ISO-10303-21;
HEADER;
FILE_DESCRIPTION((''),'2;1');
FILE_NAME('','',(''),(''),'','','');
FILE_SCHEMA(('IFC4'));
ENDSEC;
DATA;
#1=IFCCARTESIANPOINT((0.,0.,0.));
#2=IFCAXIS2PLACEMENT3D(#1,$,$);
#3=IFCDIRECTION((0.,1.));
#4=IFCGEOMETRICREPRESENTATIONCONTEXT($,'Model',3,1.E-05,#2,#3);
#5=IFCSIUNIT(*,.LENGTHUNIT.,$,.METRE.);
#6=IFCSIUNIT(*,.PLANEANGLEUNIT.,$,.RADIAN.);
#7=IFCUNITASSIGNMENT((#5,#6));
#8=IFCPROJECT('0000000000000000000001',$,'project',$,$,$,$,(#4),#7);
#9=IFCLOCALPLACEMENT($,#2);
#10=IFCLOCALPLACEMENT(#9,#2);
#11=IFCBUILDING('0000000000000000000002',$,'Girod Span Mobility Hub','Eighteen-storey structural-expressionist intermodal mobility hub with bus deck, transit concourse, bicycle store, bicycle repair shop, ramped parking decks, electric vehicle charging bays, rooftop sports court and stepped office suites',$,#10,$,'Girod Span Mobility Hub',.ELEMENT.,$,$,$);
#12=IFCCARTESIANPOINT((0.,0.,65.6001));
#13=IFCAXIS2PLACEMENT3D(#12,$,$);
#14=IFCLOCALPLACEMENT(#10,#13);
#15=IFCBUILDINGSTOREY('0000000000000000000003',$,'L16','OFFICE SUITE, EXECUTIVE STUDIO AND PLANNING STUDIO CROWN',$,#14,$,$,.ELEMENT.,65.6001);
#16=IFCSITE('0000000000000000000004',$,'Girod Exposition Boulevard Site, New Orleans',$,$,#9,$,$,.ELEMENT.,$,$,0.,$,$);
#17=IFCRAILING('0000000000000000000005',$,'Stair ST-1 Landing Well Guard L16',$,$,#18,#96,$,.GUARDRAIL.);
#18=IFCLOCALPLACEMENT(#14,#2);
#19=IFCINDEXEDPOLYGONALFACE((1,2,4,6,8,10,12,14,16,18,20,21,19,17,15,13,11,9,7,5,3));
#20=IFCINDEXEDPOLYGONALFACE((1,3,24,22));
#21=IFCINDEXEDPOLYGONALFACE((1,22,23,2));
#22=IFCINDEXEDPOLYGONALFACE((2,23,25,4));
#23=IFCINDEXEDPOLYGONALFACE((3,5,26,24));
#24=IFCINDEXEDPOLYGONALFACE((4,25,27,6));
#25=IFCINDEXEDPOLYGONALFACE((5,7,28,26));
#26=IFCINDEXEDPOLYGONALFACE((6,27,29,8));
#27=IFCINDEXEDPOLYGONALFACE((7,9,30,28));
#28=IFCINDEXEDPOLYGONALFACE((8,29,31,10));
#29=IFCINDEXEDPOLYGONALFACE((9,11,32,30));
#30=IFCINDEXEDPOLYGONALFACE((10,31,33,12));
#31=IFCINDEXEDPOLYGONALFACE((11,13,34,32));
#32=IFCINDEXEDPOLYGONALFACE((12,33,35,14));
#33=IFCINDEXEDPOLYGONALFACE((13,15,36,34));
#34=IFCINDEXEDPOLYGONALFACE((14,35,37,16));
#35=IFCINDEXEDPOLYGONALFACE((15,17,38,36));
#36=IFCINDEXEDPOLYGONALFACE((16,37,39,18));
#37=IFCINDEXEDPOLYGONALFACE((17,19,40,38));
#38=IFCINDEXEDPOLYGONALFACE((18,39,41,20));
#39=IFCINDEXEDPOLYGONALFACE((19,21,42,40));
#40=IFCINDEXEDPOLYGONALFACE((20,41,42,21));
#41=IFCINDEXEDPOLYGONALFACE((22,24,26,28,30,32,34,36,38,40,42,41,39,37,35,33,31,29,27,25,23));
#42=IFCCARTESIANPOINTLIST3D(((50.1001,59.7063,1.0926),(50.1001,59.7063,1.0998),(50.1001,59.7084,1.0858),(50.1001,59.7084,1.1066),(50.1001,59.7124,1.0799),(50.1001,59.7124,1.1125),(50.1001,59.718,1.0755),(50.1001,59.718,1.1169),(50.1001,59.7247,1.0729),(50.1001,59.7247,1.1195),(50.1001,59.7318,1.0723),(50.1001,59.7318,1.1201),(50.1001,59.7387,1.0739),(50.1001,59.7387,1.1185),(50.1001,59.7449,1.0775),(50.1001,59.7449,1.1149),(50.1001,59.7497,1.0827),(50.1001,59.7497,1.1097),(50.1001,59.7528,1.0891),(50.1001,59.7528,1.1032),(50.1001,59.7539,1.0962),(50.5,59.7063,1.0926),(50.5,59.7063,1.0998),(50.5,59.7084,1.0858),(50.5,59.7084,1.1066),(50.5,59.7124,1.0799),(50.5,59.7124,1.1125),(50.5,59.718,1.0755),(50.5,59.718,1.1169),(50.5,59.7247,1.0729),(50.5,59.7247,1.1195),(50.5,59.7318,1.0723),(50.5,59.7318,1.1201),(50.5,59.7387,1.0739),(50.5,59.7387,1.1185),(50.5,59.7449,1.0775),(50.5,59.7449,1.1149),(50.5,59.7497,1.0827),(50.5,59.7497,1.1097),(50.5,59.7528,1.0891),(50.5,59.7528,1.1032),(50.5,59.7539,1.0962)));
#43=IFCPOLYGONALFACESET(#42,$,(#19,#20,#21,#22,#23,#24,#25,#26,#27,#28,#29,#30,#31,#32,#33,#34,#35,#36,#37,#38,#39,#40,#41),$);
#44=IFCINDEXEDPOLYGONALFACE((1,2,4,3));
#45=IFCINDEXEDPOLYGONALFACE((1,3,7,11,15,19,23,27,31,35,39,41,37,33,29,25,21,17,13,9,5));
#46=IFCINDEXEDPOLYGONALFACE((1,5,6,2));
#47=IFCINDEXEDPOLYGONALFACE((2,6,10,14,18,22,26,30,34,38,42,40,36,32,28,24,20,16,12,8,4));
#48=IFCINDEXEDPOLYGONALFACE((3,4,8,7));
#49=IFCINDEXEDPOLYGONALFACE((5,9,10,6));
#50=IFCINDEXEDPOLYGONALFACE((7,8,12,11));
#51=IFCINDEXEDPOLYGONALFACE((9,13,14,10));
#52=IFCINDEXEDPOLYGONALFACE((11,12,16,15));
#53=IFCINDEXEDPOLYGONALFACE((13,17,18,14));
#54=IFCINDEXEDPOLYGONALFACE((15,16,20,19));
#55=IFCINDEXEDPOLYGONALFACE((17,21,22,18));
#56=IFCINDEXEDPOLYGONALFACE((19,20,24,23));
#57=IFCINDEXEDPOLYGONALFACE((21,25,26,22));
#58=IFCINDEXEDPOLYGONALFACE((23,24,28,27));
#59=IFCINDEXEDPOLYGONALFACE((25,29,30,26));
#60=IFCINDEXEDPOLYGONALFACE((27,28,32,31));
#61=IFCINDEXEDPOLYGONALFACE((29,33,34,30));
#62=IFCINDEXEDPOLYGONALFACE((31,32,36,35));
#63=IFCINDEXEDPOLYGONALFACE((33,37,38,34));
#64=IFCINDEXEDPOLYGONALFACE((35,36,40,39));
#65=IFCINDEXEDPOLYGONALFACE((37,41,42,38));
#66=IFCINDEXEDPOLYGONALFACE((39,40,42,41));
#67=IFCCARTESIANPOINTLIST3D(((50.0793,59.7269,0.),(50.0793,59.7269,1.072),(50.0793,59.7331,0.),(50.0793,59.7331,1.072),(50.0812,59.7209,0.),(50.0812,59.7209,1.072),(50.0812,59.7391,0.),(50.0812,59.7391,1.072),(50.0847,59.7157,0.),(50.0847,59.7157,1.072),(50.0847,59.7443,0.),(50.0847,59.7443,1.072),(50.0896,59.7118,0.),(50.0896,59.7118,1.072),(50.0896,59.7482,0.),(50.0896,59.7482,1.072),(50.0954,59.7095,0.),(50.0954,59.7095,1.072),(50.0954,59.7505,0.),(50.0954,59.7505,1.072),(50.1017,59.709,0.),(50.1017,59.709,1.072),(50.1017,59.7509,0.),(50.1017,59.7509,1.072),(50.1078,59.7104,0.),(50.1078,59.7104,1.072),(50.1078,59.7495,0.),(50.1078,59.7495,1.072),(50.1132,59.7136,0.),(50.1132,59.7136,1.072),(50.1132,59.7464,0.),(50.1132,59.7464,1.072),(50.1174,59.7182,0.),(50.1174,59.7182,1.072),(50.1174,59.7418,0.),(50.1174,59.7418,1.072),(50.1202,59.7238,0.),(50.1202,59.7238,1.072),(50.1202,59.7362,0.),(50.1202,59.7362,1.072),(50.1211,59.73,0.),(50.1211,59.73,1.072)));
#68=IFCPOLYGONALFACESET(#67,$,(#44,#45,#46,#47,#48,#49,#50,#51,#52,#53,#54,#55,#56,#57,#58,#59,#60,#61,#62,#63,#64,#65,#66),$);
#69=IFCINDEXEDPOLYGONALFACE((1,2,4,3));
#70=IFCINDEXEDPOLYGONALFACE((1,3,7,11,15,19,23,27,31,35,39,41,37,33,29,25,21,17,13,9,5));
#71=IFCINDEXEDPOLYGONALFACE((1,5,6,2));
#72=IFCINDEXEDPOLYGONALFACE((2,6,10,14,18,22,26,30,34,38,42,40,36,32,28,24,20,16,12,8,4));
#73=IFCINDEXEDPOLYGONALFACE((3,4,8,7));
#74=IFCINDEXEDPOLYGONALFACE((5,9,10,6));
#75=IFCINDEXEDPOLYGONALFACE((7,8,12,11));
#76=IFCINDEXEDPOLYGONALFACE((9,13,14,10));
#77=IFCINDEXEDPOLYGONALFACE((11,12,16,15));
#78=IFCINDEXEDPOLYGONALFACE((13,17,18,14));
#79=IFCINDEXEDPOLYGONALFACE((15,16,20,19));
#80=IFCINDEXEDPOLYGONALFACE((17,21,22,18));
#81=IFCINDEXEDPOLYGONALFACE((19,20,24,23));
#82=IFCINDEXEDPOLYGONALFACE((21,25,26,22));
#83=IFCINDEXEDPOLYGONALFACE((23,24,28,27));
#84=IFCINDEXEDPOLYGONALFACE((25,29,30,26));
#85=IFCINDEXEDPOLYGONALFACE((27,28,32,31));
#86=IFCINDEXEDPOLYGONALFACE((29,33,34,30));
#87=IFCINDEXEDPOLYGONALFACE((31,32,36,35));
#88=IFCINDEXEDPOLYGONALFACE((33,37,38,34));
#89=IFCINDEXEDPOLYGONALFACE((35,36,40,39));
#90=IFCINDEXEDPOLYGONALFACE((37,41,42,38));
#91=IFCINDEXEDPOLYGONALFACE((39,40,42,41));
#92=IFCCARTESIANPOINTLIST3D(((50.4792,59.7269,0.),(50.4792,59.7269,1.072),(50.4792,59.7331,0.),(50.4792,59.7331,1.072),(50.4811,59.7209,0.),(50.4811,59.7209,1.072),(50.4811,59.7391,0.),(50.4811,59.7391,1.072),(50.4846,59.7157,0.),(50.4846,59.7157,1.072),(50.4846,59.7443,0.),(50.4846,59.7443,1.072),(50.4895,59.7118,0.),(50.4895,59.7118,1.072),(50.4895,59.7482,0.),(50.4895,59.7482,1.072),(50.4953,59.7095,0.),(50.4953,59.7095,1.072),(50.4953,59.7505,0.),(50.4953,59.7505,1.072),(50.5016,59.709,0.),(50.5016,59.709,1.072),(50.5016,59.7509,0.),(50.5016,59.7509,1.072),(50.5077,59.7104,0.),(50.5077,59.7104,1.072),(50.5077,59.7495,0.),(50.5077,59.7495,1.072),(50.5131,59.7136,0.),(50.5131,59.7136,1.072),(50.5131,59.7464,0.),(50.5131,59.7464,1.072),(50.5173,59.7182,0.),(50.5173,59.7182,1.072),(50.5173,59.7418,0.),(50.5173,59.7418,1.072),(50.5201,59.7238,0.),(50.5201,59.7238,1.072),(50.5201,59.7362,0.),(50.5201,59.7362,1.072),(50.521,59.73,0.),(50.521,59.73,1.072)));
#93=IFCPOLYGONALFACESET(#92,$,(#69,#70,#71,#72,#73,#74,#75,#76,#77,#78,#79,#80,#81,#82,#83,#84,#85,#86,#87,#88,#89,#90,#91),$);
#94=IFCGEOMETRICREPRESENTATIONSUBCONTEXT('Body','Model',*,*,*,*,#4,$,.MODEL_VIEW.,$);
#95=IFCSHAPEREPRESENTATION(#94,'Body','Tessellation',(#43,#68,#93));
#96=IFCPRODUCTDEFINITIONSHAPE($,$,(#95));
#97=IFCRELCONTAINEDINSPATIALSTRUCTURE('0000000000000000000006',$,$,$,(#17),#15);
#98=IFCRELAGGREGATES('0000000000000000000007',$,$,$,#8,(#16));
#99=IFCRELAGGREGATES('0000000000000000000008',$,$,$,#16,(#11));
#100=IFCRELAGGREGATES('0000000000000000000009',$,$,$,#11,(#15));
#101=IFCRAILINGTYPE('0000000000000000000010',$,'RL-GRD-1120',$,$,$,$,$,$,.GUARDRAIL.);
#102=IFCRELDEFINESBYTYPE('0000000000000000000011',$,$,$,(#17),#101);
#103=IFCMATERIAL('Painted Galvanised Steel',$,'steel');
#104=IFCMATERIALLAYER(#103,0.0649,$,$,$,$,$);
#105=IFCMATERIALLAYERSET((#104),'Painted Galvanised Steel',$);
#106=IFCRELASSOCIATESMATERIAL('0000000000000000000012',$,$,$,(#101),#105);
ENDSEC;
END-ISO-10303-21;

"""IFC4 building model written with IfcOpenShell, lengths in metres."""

from ifc_helpers import new_model, si_unit, direction, frame, origin, origin_2d, place, context, subcontext, project, spatial, circle, extrude, material, layer, layer_set, type_object, element, save


model = new_model("IFC4")

# Units and contexts
model_context = context("Model", 3, precision=1e-05, world=origin(), true_north=direction((0.0, 1.0)))
body_context = subcontext(model_context, "Body", "Model", "MODEL_VIEW")
ifc_project = project(units=[si_unit("LENGTHUNIT", "METRE"), si_unit("PLANEANGLEUNIT", "RADIAN")], contexts=[model_context])

# Site, building, storey
site_placement = place(None, origin())
site = spatial("IfcSite", under=ifc_project, at=site_placement, Name="Girod Exposition Boulevard Site, New Orleans", CompositionType="ELEMENT", RefElevation=0.0)
building_placement = place(site_placement, origin())
building = spatial("IfcBuilding", under=site, at=building_placement, Name="Girod Span Mobility Hub", Description="Eighteen-storey structural-expressionist intermodal mobility hub with bus deck, transit concourse, bicycle store, bicycle repair shop, ramped parking decks, electric vehicle charging bays, rooftop sports court and stepped office suites", LongName="Girod Span Mobility Hub", CompositionType="ELEMENT")
storey_placement = place(building_placement, frame((0.0, 0.0, 65.6001)))
storey = spatial("IfcBuildingStorey", under=building, at=storey_placement, Name="L16", Description="OFFICE SUITE, EXECUTIVE STUDIO AND PLANNING STUDIO CROWN", CompositionType="ELEMENT", Elevation=65.6001)

# Railing
ifc_material_1 = material(Name="Painted Galvanised Steel", Category="steel")
ifc_layer_1 = layer(ifc_material_1, 0.0649)
ifc_layer_set_1 = layer_set([ifc_layer_1], Name="Painted Galvanised Steel")
railing_type_1 = type_object("IfcRailingType", Name="RL-GRD-1120", PredefinedType="GUARDRAIL", material=ifc_layer_set_1)
for number, where, name in (
    (1, (50.1001, 59.73, 0.0), "Stair ST-1 Landing Well Guard L16"),
):
    element("IfcRailing", number, at=place(storey_placement, frame(where)), inside=storey, type_object=railing_type_1, Name=name, PredefinedType="GUARDRAIL", context=body_context, shape_type="SweptSolid", body=[
        extrude(circle(Radius=0.0239, at=origin_2d()), frame((0.0, 0.0, 1.0962), z_axis=(1.0, 0.0, 0.0), x_axis=(0.0, 1.0, 0.0)), (0.0, 0.0, 1.0), 0.3999),
        extrude(circle(Radius=0.021, at=origin_2d()), origin(), (0.0, 0.0, 1.0), 1.072),
        extrude(circle(Radius=0.021, at=origin_2d()), frame((0.3999, 0.0, 0.0)), (0.0, 0.0, 1.0), 1.072),
    ])

save(model, "model.ifc")
